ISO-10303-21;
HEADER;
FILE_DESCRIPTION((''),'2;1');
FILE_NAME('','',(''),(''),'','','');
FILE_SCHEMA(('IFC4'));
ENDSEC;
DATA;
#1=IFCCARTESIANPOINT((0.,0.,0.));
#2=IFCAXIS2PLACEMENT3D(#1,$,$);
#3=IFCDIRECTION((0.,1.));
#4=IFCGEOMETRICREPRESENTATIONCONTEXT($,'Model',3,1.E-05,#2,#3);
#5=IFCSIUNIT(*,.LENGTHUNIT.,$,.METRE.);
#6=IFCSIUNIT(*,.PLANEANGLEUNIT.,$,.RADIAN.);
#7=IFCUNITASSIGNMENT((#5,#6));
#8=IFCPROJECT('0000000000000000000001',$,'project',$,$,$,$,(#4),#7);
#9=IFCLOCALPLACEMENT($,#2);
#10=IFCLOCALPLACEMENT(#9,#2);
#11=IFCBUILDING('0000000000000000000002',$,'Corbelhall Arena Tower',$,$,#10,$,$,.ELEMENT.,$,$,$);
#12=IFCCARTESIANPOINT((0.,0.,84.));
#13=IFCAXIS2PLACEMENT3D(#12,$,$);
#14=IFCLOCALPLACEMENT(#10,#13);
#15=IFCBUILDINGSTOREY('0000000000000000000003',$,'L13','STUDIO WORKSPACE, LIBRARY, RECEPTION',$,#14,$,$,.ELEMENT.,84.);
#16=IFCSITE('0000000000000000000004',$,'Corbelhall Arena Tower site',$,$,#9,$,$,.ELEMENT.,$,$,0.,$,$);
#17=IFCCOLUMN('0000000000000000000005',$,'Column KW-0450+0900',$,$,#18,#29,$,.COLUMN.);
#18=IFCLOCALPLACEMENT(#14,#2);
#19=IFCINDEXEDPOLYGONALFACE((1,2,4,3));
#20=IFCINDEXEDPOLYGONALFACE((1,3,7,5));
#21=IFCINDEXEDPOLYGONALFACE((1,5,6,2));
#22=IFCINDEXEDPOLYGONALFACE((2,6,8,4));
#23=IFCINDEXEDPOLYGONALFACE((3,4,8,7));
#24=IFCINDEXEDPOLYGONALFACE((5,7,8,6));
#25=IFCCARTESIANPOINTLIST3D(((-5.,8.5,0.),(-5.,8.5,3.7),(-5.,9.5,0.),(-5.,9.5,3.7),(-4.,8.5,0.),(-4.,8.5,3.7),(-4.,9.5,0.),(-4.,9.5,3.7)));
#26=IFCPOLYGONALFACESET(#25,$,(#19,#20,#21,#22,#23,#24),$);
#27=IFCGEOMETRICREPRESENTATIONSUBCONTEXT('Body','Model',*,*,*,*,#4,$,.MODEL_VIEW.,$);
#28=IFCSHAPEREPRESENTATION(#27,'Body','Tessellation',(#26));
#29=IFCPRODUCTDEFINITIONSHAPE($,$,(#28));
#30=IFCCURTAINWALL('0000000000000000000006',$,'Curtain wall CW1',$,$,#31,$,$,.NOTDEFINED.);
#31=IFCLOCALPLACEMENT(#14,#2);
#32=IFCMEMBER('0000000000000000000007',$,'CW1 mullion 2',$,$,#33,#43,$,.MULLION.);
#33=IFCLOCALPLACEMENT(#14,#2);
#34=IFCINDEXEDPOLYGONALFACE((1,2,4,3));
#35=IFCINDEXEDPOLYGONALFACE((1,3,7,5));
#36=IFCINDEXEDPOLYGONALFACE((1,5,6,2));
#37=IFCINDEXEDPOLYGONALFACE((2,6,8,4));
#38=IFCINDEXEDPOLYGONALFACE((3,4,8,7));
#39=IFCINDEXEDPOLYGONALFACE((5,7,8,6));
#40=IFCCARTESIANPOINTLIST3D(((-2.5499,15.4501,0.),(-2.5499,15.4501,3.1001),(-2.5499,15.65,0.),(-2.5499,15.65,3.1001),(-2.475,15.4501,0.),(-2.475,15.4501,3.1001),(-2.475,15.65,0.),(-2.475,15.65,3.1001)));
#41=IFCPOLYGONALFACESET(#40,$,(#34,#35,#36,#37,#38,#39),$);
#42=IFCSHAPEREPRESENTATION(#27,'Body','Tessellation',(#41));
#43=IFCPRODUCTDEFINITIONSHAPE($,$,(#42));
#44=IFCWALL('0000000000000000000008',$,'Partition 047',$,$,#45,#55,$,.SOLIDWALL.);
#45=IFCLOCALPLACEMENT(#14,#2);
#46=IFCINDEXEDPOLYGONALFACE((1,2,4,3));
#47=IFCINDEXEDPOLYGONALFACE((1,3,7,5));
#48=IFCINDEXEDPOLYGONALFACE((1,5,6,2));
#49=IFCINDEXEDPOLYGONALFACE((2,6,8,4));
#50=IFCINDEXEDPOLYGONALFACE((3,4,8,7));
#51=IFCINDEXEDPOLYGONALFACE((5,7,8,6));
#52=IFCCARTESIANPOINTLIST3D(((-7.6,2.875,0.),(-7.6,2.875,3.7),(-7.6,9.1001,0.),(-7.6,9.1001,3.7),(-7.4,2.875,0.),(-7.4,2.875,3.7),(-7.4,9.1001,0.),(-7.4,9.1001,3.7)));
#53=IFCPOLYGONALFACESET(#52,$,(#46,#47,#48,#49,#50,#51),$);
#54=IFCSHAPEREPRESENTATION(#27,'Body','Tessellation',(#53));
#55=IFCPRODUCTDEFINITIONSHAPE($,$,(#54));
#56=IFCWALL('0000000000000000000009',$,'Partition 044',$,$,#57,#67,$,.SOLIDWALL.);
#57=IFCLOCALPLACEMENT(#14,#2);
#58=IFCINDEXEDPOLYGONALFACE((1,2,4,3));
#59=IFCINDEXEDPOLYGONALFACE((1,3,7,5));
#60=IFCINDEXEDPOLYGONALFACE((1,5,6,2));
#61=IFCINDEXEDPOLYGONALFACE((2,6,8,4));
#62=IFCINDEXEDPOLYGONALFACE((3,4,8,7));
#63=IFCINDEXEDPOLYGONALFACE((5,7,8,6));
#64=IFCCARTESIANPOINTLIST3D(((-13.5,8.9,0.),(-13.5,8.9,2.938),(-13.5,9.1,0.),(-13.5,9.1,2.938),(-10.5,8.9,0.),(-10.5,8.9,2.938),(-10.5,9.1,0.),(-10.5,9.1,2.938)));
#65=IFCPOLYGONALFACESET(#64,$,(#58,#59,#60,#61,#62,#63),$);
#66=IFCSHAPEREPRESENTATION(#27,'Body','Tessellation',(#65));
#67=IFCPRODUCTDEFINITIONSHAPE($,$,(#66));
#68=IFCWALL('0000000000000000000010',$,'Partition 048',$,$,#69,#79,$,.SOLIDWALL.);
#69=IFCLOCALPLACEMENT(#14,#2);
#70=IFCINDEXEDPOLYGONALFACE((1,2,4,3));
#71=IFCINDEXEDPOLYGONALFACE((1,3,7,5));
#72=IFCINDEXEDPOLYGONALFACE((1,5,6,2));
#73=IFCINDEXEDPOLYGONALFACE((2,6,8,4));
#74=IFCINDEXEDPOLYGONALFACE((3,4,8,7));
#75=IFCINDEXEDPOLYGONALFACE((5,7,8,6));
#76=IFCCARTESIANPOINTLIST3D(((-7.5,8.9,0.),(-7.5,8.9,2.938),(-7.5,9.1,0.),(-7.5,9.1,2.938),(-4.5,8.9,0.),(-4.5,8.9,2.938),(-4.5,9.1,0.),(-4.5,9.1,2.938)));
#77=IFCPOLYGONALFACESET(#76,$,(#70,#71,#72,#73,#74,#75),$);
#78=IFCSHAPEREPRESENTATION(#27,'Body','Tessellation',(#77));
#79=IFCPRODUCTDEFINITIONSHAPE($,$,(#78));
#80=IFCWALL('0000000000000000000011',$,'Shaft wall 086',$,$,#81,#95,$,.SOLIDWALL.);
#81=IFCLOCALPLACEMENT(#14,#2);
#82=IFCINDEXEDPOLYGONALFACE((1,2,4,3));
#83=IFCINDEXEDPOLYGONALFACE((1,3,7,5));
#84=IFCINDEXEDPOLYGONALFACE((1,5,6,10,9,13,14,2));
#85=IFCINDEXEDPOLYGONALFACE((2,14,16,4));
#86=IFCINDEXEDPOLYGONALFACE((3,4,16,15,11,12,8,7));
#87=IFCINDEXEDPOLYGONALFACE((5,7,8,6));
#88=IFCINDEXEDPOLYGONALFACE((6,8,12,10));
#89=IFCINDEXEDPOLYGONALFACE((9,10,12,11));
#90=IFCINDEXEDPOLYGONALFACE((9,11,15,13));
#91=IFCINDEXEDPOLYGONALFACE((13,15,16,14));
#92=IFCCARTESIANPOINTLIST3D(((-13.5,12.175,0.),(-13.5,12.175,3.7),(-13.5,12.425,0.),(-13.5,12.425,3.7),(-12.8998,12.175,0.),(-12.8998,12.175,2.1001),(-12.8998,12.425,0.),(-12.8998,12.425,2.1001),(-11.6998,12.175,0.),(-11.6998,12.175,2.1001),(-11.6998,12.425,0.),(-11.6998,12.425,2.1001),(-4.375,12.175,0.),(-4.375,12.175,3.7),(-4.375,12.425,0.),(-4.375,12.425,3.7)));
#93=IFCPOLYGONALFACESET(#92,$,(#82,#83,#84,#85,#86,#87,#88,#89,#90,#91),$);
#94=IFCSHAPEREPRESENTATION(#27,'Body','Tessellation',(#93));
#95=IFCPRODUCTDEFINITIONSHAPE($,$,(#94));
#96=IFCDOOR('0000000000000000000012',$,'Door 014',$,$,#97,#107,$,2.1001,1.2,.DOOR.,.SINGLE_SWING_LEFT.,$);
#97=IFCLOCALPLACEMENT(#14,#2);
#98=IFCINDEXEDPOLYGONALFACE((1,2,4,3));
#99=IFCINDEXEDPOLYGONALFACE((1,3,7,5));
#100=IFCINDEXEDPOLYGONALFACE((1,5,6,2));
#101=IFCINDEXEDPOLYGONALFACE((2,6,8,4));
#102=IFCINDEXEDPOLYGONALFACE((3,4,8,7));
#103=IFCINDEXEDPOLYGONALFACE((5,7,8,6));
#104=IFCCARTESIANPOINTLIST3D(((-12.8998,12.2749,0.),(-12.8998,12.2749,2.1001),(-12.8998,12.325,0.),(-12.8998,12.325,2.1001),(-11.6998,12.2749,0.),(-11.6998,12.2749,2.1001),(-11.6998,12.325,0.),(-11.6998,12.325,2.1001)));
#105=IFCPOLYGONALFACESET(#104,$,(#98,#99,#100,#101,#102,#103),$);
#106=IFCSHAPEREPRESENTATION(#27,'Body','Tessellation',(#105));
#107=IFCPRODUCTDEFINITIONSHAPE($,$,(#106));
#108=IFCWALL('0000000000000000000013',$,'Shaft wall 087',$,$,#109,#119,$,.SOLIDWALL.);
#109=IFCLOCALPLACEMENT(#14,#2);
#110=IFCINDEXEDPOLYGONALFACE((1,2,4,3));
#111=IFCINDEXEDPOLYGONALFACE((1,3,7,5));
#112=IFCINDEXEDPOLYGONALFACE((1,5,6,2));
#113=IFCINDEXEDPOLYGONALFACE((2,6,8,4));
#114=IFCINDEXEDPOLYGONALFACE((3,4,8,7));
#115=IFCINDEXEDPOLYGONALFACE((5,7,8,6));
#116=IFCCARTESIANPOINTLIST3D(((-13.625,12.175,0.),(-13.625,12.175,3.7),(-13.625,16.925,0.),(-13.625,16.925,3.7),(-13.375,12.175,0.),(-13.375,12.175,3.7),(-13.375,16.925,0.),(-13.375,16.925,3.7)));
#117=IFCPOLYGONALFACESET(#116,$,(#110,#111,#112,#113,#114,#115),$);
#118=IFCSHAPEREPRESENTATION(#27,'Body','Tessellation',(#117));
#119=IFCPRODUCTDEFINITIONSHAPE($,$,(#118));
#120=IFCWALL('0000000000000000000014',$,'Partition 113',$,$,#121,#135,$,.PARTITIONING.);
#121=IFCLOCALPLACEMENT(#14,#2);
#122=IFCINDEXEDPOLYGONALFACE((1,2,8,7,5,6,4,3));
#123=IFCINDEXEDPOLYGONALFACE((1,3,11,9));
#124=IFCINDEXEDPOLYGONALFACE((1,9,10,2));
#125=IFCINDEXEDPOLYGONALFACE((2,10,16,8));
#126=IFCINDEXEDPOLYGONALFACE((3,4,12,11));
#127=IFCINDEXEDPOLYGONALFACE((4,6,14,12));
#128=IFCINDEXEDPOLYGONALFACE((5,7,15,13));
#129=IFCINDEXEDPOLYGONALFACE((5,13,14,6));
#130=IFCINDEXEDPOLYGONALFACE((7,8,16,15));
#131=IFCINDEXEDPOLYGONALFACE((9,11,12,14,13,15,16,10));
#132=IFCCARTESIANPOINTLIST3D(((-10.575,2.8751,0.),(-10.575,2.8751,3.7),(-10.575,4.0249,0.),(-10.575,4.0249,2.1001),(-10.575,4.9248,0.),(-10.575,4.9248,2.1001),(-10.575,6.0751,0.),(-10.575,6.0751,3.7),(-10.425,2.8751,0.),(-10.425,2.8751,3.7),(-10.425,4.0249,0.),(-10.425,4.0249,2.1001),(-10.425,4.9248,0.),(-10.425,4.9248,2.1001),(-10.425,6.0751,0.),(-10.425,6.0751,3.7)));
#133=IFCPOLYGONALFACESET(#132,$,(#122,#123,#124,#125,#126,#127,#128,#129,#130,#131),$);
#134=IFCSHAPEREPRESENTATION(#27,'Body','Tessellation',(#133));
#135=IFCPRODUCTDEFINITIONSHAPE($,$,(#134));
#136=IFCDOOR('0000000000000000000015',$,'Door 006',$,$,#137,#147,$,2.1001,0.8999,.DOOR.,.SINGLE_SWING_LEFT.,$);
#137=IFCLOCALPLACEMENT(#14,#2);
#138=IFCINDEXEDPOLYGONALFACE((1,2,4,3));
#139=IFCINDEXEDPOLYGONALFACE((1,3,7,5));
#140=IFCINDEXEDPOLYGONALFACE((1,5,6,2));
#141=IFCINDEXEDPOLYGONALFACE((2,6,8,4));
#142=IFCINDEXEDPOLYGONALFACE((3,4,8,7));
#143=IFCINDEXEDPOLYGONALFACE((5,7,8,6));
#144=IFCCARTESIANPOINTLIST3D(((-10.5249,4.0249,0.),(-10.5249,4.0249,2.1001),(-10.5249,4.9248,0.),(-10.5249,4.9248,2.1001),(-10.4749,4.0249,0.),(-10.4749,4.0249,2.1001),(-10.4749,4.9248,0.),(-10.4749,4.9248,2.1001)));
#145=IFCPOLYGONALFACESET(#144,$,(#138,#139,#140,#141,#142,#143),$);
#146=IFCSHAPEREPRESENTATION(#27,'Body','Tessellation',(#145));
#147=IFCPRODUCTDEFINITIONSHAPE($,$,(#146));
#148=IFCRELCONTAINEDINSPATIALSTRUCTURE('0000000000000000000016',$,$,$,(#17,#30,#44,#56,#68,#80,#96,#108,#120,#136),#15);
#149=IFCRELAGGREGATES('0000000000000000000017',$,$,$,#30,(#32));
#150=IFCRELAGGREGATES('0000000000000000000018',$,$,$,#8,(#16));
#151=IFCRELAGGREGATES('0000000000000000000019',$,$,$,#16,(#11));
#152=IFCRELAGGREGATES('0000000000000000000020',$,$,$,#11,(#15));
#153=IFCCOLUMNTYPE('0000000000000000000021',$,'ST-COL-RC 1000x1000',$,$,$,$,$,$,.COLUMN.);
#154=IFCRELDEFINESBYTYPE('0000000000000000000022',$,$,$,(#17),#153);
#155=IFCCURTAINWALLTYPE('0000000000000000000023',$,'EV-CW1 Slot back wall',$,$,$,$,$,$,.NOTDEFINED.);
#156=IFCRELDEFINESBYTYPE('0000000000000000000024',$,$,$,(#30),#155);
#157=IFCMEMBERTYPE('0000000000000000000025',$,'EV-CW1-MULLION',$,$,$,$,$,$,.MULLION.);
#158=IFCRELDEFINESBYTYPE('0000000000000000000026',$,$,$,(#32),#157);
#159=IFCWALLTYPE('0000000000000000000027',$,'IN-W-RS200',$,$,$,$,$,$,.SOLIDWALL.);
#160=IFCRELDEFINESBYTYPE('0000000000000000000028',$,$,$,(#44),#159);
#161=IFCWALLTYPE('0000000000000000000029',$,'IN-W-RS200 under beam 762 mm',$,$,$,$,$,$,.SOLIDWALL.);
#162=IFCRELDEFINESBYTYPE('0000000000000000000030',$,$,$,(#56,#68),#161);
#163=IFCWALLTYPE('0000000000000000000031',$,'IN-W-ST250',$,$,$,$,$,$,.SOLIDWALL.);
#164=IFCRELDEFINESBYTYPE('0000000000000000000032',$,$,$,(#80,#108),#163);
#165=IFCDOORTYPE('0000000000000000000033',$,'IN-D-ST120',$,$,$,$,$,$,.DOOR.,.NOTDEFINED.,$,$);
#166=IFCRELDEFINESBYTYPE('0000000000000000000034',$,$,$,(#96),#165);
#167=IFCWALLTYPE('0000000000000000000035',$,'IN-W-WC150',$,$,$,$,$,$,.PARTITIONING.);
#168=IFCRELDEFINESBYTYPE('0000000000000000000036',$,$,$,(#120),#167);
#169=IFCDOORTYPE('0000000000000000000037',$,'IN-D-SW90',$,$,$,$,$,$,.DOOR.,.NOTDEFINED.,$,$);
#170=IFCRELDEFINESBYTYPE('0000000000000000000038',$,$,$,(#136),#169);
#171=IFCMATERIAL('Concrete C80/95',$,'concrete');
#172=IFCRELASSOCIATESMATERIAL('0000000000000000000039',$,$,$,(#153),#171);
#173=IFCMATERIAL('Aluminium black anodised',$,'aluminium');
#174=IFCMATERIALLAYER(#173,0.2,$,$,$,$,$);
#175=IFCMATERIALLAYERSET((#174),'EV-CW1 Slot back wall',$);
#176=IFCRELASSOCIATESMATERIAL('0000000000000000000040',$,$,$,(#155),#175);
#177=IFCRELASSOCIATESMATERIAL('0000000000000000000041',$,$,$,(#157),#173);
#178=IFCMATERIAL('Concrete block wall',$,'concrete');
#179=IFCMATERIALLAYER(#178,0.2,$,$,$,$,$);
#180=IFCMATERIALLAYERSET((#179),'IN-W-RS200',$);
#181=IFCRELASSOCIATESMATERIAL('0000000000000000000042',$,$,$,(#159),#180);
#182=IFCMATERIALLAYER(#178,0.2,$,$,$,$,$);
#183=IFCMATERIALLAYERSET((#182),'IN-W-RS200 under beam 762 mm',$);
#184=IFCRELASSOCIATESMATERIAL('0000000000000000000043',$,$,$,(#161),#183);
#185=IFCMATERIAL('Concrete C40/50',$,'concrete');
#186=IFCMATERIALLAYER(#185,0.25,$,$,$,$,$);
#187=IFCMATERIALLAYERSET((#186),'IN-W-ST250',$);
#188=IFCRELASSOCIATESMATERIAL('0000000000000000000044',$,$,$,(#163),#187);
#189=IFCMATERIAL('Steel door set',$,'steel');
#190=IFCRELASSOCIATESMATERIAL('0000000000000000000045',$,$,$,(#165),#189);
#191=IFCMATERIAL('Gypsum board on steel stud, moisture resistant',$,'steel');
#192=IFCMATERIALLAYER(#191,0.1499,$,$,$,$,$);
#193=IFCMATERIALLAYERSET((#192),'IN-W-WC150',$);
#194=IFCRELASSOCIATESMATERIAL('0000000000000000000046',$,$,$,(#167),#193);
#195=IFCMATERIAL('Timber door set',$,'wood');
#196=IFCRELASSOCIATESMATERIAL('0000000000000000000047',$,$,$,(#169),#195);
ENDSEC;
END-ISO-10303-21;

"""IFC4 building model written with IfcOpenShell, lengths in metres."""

from ifc_helpers import new_model, si_unit, direction, frame, frame_2d, origin, origin_2d, place, context, subcontext, project, spatial, rectangle, extrude, material, layer, layer_set, material_profile, profile_set, type_object, element, fill, aggregate, save


model = new_model("IFC4")

# Units and contexts
model_context = context("Model", 3, precision=1e-05, world=origin(), true_north=direction((0.0, 1.0)))
body_context = subcontext(model_context, "Body", "Model", "MODEL_VIEW")
ifc_project = project(units=[si_unit("LENGTHUNIT", "METRE"), si_unit("PLANEANGLEUNIT", "RADIAN")], contexts=[model_context])

# Site, building, storey
site_placement = place(None, origin())
site = spatial("IfcSite", under=ifc_project, at=site_placement, Name="Corbelhall Arena Tower site", CompositionType="ELEMENT", RefElevation=0.0)
building_placement = place(site_placement, origin())
building = spatial("IfcBuilding", under=site, at=building_placement, Name="Corbelhall Arena Tower", CompositionType="ELEMENT")
storey_placement = place(building_placement, frame((0.0, 0.0, 84.0)))
storey = spatial("IfcBuildingStorey", under=building, at=storey_placement, Name="L13", Description="STUDIO WORKSPACE, LIBRARY, RECEPTION", CompositionType="ELEMENT", Elevation=84.0)

# Column
ifc_material_1 = material(Name="Concrete C80/95", Category="concrete")
ifc_material_profile_1 = material_profile(ifc_material_1, rectangle(XDim=1.0, YDim=1.0, at=origin_2d()))
ifc_profile_set_1 = profile_set([ifc_material_profile_1], Name="Concrete C80/95")
column_type = type_object("IfcColumnType", Name="ST-COL-RC 1000x1000", PredefinedType="COLUMN", material=ifc_profile_set_1)
column_placement = place(storey_placement, frame((-4.5, 9.0, 0.0), z_axis=(0.0, 0.0, 1.0), x_axis=(1.0, 0.0, 0.0)))
element("IfcColumn", 1, at=column_placement, inside=storey, type_object=column_type, Name="Column KW-0450+0900", PredefinedType="COLUMN", context=body_context, shape_type="SweptSolid", body=[
    extrude(rectangle(XDim=1.0, YDim=1.0, at=origin_2d()), origin(), (0.0, 0.0, 1.0), 3.7),
])

# Curtain wall, member
ifc_material_2 = material(Name="Aluminium black anodised", Category="aluminium")
ifc_layer_1 = layer(ifc_material_2, 0.2)
ifc_layer_set_1 = layer_set([ifc_layer_1], Name="EV-CW1 Slot back wall")
curtain_wall_type = type_object("IfcCurtainWallType", Name="EV-CW1 Slot back wall", PredefinedType="NOTDEFINED", material=ifc_layer_set_1)
curtain_wall_placement = place(storey_placement, origin())
curtain_wall = element("IfcCurtainWall", 2, at=curtain_wall_placement, inside=storey, type_object=curtain_wall_type, Name="Curtain wall CW1", PredefinedType="NOTDEFINED")
ifc_material_profile_2 = material_profile(ifc_material_2, rectangle(XDim=0.2, YDim=0.075, at=origin_2d()))
ifc_profile_set_2 = profile_set([ifc_material_profile_2], Name="Aluminium black anodised")
member_type = type_object("IfcMemberType", Name="EV-CW1-MULLION", PredefinedType="MULLION", material=ifc_profile_set_2)
member_placement = place(storey_placement, frame((-2.5125, 15.55, 0.0), z_axis=(0.0, 0.0, 1.0), x_axis=(0.0, -1.0, 0.0)))
member = element("IfcMember", 3, at=member_placement, type_object=member_type, Name="CW1 mullion 2", PredefinedType="MULLION", context=body_context, shape_type="SweptSolid", body=[
    extrude(rectangle(XDim=0.2, YDim=0.075, at=origin_2d()), origin(), (0.0, 0.0, 1.0), 3.1001),
])
aggregate(curtain_wall, [member])

# Shared definitions
ifc_material_3 = material(Name="Concrete block wall", Category="concrete")
ifc_layer_2 = layer(ifc_material_3, 0.2)
ifc_layer_set_2 = layer_set([ifc_layer_2], Name="IN-W-RS200")
wall_type_1 = type_object("IfcWallType", Name="IN-W-RS200", PredefinedType="SOLIDWALL", material=ifc_layer_set_2)
ifc_material_4 = material(Name="Steel door set", Category="steel")

# Walls
wall_1_placement = place(storey_placement, frame((-7.5, 2.875, 0.0), z_axis=(0.0, 0.0, 1.0), x_axis=(0.0, 1.0, 0.0)))
element("IfcWall", 4, at=wall_1_placement, inside=storey, type_object=wall_type_1, Name="Partition 047", PredefinedType="SOLIDWALL", context=body_context, shape_type="SweptSolid", body=[
    extrude(rectangle(XDim=6.2251, YDim=0.2, at=frame_2d((3.1125, 0.0))), origin(), (0.0, 0.0, 1.0), 3.7),
])
ifc_layer_3 = layer(ifc_material_3, 0.2)
ifc_layer_set_3 = layer_set([ifc_layer_3], Name="IN-W-RS200 under beam 762 mm")
wall_type_2 = type_object("IfcWallType", Name="IN-W-RS200 under beam 762 mm", PredefinedType="SOLIDWALL", material=ifc_layer_set_3)
for number, where, z_axis, x_axis, name in (
    (5, (-13.5, 9.0, 0.0), (0.0, 0.0, 1.0), (1.0, 0.0, 0.0), "Partition 044"),
    (6, (-7.5, 9.0, 0.0), (0.0, 0.0, 1.0), (1.0, 0.0, 0.0), "Partition 048"),
):
    element("IfcWall", number, at=place(storey_placement, frame(where, z_axis=z_axis, x_axis=x_axis)), inside=storey, type_object=wall_type_2, Name=name, PredefinedType="SOLIDWALL", context=body_context, shape_type="SweptSolid", body=[
        extrude(rectangle(XDim=3.0, YDim=0.2, at=frame_2d((1.5, 0.0))), origin(), (0.0, 0.0, 1.0), 2.938),
    ])

# Wall, opening, door
ifc_material_5 = material(Name="Concrete C40/50", Category="concrete")
ifc_layer_4 = layer(ifc_material_5, 0.25)
ifc_layer_set_4 = layer_set([ifc_layer_4], Name="IN-W-ST250")
wall_type_3 = type_object("IfcWallType", Name="IN-W-ST250", PredefinedType="SOLIDWALL", material=ifc_layer_set_4)
wall_2_placement = place(storey_placement, frame((-13.5, 12.3, 0.0), z_axis=(0.0, 0.0, 1.0), x_axis=(1.0, 0.0, 0.0)))
wall_2 = element("IfcWall", 7, at=wall_2_placement, inside=storey, type_object=wall_type_3, Name="Shaft wall 086", PredefinedType="SOLIDWALL", context=body_context, shape_type="SweptSolid", body=[
    extrude(rectangle(XDim=9.125, YDim=0.25, at=frame_2d((4.5625, 0.0))), origin(), (0.0, 0.0, 1.0), 3.7),
])
opening_1_placement = place(wall_2_placement, frame((0.6001, 0.0, 0.0)))
opening_1 = element("IfcOpeningElement", 8, at=opening_1_placement, cuts=wall_2, PredefinedType="OPENING", context=body_context, shape_type="SweptSolid", body=[
    extrude(rectangle(XDim=1.2, YDim=2.1001, at=frame_2d((0.6001, 1.05))), frame((0.0, 0.125, 0.0), z_axis=(0.0, -1.0, 0.0), x_axis=(1.0, 0.0, 0.0)), (0.0, 0.0, 1.0), 0.25),
])
door_type_1 = type_object("IfcDoorType", Name="IN-D-ST120", OperationType="NOTDEFINED", PredefinedType="DOOR", material=ifc_material_4)
door_1_placement = place(opening_1_placement, origin())
door_1 = element("IfcDoor", 9, at=door_1_placement, inside=storey, type_object=door_type_1, Name="Door 014", OperationType="SINGLE_SWING_LEFT", OverallHeight=2.1001, OverallWidth=1.2, PredefinedType="DOOR", context=body_context, shape_type="SweptSolid", body=[
    extrude(rectangle(XDim=1.2, YDim=2.1001, at=frame_2d((0.6001, 1.05))), frame((0.0, 0.0249, 0.0), z_axis=(0.0, -1.0, 0.0), x_axis=(1.0, 0.0, 0.0)), (0.0, 0.0, 1.0), 0.05),
])
fill(opening_1, door_1)

# Wall
wall_3_placement = place(storey_placement, frame((-13.5, 12.175, 0.0), z_axis=(0.0, 0.0, 1.0), x_axis=(0.0, 1.0, 0.0)))
element("IfcWall", 10, at=wall_3_placement, inside=storey, type_object=wall_type_3, Name="Shaft wall 087", PredefinedType="SOLIDWALL", context=body_context, shape_type="SweptSolid", body=[
    extrude(rectangle(XDim=4.75, YDim=0.25, at=frame_2d((2.375, 0.0))), origin(), (0.0, 0.0, 1.0), 3.7),
])

# Wall, opening, door
ifc_material_6 = material(Name="Gypsum board on steel stud, moisture resistant", Category="steel")
ifc_layer_5 = layer(ifc_material_6, 0.1499)
ifc_layer_set_5 = layer_set([ifc_layer_5], Name="IN-W-WC150")
wall_type_4 = type_object("IfcWallType", Name="IN-W-WC150", PredefinedType="PARTITIONING", material=ifc_layer_set_5)
wall_4_placement = place(storey_placement, frame((-10.5, 2.875, 0.0), z_axis=(0.0, 0.0, 1.0), x_axis=(0.0, 1.0, 0.0)))
wall_4 = element("IfcWall", 11, at=wall_4_placement, inside=storey, type_object=wall_type_4, Name="Partition 113", PredefinedType="PARTITIONING", context=body_context, shape_type="SweptSolid", body=[
    extrude(rectangle(XDim=3.2, YDim=0.1499, at=frame_2d((1.6001, 0.0))), origin(), (0.0, 0.0, 1.0), 3.7),
])
opening_2_placement = place(wall_4_placement, frame((1.1499, 0.0, 0.0)))
opening_2 = element("IfcOpeningElement", 12, at=opening_2_placement, cuts=wall_4, PredefinedType="OPENING", context=body_context, shape_type="SweptSolid", body=[
    extrude(rectangle(XDim=0.8999, YDim=2.1001, at=frame_2d((0.45, 1.05))), frame((0.0, 0.075, 0.0), z_axis=(0.0, -1.0, 0.0), x_axis=(1.0, 0.0, 0.0)), (0.0, 0.0, 1.0), 0.1499),
])
ifc_material_7 = material(Name="Timber door set", Category="wood")
door_type_2 = type_object("IfcDoorType", Name="IN-D-SW90", OperationType="NOTDEFINED", PredefinedType="DOOR", material=ifc_material_7)
door_2_placement = place(opening_2_placement, origin())
door_2 = element("IfcDoor", 13, at=door_2_placement, inside=storey, type_object=door_type_2, Name="Door 006", OperationType="SINGLE_SWING_LEFT", OverallHeight=2.1001, OverallWidth=0.8999, PredefinedType="DOOR", context=body_context, shape_type="SweptSolid", body=[
    extrude(rectangle(XDim=0.8999, YDim=2.1001, at=frame_2d((0.45, 1.05))), frame((0.0, 0.0249, 0.0), z_axis=(0.0, -1.0, 0.0), x_axis=(1.0, 0.0, 0.0)), (0.0, 0.0, 1.0), 0.05),
])
fill(opening_2, door_2)

save(model, "model.ifc")
